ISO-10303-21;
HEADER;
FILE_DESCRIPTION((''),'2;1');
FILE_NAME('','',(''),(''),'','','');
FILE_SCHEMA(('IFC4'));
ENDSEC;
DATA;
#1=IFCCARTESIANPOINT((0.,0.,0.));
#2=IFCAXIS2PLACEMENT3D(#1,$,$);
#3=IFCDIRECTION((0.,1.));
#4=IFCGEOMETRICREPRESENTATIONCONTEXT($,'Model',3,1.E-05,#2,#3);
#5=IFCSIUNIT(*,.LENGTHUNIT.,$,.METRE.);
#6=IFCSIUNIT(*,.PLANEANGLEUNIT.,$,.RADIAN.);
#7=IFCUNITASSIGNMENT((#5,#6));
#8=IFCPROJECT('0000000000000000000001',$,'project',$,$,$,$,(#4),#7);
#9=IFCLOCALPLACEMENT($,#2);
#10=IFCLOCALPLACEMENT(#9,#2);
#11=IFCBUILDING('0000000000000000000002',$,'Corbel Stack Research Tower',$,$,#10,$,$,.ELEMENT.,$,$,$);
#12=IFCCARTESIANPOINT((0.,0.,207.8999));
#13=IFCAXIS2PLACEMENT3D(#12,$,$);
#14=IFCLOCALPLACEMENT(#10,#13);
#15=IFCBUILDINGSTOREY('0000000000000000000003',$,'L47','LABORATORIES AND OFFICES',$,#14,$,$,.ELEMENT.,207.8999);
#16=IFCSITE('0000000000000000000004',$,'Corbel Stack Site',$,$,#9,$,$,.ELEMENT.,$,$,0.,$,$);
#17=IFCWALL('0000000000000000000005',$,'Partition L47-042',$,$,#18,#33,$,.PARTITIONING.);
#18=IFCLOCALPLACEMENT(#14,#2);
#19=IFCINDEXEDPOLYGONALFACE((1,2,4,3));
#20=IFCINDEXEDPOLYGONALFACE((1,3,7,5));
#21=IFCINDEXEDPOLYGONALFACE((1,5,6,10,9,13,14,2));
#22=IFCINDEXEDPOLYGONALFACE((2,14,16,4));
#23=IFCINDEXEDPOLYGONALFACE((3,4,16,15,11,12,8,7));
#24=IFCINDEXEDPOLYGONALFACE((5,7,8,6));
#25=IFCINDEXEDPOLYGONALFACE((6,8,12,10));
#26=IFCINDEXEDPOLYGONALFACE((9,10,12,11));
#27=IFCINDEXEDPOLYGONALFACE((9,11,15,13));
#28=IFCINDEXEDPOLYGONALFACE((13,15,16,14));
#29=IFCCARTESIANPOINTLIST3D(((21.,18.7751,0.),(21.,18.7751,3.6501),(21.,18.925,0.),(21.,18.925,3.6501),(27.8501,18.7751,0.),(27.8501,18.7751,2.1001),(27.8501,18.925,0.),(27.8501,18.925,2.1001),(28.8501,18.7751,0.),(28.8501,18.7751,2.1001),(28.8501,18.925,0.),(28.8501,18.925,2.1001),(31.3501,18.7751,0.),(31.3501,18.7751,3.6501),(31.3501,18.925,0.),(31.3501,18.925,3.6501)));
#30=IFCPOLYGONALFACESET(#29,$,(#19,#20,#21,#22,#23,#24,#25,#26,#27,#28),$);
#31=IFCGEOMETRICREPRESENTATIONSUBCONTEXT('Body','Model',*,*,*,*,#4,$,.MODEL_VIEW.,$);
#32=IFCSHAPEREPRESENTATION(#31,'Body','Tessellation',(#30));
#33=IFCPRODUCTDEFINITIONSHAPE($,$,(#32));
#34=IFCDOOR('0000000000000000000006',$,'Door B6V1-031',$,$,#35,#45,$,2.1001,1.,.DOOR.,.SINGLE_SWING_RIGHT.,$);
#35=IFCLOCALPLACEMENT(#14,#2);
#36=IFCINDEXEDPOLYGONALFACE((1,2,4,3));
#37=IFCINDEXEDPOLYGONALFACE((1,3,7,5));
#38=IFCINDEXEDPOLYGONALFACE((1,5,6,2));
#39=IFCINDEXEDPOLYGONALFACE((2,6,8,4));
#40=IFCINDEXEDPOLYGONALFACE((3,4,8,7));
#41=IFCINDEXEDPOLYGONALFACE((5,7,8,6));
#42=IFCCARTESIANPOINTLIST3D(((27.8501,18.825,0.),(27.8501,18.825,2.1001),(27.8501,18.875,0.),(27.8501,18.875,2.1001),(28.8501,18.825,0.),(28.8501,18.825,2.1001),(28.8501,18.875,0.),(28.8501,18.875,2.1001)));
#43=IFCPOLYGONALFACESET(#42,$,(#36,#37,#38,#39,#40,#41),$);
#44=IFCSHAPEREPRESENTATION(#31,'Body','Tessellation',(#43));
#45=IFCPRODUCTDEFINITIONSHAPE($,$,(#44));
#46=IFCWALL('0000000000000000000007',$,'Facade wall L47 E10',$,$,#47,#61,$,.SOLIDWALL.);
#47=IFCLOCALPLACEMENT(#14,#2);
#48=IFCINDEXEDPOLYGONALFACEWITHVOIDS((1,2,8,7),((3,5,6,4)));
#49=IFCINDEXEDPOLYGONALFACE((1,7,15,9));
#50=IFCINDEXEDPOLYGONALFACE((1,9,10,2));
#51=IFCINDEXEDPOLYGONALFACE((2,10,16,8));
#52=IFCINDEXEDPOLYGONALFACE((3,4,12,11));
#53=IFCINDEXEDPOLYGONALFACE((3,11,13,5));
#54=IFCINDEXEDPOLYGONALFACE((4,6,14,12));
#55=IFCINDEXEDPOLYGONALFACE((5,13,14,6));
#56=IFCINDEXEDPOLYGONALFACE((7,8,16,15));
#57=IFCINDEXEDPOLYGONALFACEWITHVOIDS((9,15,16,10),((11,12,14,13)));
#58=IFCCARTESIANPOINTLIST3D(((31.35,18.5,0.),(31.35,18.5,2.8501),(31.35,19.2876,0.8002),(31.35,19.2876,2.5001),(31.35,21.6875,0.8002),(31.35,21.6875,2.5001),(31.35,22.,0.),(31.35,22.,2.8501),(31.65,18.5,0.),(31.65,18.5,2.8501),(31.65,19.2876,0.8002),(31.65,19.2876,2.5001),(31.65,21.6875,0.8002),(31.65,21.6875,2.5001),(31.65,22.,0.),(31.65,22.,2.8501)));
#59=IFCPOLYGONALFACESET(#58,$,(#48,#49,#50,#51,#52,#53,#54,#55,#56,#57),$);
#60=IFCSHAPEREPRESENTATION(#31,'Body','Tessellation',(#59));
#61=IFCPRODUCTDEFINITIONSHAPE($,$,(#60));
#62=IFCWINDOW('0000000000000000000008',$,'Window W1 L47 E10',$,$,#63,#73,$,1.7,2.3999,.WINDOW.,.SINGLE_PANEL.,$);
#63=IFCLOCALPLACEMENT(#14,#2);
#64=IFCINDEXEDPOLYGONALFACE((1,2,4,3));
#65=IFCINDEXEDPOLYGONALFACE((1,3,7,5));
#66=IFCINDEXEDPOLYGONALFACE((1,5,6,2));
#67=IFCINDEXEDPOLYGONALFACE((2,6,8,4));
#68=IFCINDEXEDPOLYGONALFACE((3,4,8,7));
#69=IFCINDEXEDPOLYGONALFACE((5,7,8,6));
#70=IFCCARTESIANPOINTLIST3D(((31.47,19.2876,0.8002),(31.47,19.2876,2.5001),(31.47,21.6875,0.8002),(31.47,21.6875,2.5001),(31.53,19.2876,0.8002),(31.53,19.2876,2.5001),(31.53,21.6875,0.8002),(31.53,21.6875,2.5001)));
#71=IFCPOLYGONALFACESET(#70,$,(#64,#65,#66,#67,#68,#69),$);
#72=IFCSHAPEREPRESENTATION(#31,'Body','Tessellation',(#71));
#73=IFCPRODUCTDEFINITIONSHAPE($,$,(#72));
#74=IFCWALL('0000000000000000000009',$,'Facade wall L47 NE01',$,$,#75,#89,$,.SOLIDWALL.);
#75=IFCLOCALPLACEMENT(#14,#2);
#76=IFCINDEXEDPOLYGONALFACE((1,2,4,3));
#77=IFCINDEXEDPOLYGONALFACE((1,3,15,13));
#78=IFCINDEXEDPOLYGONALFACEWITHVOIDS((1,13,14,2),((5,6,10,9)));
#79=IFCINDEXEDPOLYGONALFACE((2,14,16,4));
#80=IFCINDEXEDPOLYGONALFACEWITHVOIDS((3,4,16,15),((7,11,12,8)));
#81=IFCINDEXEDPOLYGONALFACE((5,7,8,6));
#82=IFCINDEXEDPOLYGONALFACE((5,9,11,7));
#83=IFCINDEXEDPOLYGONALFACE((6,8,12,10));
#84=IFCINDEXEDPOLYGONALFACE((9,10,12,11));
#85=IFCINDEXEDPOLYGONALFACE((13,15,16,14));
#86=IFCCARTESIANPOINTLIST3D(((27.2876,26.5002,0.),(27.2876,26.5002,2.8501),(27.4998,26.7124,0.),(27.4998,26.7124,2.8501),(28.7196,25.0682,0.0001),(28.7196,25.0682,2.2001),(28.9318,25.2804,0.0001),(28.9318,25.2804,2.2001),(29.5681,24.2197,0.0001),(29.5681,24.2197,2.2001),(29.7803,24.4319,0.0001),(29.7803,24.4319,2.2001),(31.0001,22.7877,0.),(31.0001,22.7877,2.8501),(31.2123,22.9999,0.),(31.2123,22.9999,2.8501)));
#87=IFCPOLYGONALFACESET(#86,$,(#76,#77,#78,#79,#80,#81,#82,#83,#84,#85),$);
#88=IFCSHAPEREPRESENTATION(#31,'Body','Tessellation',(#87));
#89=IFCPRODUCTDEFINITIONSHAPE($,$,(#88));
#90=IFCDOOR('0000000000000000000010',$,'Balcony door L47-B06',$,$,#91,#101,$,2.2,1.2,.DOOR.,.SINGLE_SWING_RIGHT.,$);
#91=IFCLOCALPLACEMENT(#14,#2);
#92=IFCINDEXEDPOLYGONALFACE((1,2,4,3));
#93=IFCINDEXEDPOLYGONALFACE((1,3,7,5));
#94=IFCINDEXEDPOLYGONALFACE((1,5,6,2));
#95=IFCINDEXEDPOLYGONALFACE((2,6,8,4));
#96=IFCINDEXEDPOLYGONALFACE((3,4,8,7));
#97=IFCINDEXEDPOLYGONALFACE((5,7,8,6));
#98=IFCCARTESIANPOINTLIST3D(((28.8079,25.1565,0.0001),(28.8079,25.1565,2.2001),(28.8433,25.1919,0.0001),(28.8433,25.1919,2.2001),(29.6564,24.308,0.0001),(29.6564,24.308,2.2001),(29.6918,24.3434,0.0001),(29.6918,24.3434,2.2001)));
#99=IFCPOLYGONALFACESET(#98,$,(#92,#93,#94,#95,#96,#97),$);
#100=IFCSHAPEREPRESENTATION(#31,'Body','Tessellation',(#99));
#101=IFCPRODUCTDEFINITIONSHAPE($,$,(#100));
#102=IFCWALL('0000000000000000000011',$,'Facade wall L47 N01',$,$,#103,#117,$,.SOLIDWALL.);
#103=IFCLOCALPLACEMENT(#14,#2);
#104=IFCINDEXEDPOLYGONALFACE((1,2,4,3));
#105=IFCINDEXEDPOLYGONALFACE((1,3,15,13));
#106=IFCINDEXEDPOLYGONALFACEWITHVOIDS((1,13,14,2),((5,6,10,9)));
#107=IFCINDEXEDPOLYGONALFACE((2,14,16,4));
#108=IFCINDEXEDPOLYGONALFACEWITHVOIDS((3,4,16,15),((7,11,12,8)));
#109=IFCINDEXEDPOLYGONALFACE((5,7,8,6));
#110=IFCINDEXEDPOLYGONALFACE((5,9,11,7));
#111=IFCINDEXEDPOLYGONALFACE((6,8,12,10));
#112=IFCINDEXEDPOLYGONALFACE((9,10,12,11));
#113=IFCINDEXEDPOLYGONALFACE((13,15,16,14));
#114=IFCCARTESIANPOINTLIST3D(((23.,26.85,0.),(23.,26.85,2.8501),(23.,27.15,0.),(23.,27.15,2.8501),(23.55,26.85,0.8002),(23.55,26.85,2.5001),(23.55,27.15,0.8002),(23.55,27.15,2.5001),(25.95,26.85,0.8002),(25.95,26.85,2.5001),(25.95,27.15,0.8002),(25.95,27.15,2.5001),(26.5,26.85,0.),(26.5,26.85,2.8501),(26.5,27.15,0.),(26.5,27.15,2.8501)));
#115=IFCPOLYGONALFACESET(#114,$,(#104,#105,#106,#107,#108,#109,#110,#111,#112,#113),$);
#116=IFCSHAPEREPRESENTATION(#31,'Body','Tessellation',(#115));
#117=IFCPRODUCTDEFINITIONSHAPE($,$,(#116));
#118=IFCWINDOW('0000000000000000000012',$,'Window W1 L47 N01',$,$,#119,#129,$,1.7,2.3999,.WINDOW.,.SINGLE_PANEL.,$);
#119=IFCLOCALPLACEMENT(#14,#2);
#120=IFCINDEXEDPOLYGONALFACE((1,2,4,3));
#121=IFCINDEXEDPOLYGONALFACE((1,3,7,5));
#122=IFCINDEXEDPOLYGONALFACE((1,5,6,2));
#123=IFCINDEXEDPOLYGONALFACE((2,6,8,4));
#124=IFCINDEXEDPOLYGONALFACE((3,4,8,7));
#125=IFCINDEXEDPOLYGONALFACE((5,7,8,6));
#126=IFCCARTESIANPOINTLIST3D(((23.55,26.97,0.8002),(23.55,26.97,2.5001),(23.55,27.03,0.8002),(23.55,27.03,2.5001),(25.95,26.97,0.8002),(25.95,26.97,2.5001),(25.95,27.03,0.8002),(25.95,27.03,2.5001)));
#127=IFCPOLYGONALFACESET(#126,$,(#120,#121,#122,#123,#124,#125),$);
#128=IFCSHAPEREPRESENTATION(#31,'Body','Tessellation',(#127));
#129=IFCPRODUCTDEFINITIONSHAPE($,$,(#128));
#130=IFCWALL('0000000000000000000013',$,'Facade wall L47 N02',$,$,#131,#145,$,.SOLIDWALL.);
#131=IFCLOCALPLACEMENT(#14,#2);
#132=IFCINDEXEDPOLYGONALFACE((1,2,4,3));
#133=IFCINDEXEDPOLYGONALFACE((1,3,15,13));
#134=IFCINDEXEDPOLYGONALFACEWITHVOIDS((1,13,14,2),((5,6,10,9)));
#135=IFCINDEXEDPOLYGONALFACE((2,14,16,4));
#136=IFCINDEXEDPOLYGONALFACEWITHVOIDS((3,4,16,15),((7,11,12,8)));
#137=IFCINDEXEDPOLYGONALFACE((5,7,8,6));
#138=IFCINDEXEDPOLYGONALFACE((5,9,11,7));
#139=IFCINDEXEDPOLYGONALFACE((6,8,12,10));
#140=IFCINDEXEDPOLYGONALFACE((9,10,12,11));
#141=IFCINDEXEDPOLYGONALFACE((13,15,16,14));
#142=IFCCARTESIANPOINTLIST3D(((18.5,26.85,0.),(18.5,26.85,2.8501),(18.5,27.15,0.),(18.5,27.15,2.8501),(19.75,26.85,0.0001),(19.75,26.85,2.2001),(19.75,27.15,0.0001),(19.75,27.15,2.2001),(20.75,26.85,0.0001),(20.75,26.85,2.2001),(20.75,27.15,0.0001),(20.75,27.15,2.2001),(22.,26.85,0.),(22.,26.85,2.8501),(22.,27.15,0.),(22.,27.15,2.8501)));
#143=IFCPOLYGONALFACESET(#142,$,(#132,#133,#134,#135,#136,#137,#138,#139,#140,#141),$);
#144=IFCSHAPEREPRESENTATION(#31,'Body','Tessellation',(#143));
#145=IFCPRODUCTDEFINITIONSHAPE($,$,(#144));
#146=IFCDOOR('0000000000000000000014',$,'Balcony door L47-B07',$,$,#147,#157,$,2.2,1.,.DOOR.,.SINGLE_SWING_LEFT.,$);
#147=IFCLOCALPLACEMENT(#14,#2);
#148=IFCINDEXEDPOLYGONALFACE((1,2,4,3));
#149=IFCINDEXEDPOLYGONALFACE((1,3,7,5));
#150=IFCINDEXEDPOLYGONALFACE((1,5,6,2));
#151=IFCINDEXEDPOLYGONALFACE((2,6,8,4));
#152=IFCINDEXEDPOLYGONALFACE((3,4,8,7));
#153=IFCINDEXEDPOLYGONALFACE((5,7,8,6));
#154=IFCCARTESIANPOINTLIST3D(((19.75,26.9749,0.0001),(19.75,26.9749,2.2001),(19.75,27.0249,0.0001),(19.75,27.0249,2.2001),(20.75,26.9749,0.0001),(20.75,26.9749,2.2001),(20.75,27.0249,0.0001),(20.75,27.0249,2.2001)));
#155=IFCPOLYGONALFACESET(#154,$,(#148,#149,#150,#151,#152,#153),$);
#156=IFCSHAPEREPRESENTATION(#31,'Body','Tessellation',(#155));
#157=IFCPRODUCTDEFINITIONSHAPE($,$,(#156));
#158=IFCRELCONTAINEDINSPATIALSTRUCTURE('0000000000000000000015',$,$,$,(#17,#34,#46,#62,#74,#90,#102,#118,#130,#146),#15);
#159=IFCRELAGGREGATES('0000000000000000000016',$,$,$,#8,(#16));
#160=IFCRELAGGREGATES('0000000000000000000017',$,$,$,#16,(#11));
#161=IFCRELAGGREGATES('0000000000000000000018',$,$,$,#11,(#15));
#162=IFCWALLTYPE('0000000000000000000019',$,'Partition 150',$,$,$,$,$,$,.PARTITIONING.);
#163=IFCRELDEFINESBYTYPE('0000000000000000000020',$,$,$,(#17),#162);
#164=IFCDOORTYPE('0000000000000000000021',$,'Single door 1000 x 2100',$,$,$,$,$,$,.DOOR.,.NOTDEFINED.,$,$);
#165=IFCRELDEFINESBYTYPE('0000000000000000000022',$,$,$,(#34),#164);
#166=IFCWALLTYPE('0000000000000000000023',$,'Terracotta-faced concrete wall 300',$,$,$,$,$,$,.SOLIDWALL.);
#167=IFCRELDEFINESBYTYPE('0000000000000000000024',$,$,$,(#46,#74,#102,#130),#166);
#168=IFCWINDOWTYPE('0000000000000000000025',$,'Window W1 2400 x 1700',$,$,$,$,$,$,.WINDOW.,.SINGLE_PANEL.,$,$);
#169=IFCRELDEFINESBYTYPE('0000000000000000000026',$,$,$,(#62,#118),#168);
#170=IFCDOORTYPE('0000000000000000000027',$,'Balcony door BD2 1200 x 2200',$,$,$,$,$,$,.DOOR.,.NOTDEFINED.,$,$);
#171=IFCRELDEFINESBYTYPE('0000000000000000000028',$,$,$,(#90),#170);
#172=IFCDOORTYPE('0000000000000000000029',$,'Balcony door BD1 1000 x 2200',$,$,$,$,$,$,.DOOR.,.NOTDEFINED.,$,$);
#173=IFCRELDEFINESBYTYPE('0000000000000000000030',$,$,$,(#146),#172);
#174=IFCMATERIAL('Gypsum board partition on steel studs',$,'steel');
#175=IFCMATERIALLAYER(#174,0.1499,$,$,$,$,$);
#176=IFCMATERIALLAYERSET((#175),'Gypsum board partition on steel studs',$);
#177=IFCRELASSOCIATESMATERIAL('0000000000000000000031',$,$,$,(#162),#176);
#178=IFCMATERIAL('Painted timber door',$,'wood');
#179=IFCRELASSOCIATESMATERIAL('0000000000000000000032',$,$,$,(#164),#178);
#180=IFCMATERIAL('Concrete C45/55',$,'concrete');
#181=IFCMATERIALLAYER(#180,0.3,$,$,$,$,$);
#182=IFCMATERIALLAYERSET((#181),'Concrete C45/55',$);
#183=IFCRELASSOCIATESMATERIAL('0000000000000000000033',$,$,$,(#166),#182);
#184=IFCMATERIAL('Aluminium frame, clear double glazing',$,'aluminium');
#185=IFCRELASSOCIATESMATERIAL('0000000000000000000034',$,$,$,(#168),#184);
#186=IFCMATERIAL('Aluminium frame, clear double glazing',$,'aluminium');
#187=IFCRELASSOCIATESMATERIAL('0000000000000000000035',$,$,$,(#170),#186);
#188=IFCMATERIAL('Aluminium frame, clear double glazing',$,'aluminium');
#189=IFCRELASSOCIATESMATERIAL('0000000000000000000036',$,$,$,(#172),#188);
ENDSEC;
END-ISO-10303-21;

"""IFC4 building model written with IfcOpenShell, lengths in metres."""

from ifc_helpers import new_model, si_unit, direction, frame, frame_2d, origin, place, context, subcontext, project, spatial, rectangle, extrude, material, layer, layer_set, type_object, element, fill, save


model = new_model("IFC4")

# Units and contexts
model_context = context("Model", 3, precision=1e-05, world=origin(), true_north=direction((0.0, 1.0)))
body_context = subcontext(model_context, "Body", "Model", "MODEL_VIEW")
ifc_project = project(units=[si_unit("LENGTHUNIT", "METRE"), si_unit("PLANEANGLEUNIT", "RADIAN")], contexts=[model_context])

# Site, building, storey
site_placement = place(None, origin())
site = spatial("IfcSite", under=ifc_project, at=site_placement, Name="Corbel Stack Site", CompositionType="ELEMENT", RefElevation=0.0)
building_placement = place(site_placement, origin())
building = spatial("IfcBuilding", under=site, at=building_placement, Name="Corbel Stack Research Tower", CompositionType="ELEMENT")
storey_placement = place(building_placement, frame((0.0, 0.0, 207.8999)))
storey = spatial("IfcBuildingStorey", under=building, at=storey_placement, Name="L47", Description="LABORATORIES AND OFFICES", CompositionType="ELEMENT", Elevation=207.8999)

# Wall, opening, door
ifc_material_1 = material(Name="Gypsum board partition on steel studs", Category="steel")
ifc_layer_1 = layer(ifc_material_1, 0.1499)
ifc_layer_set_1 = layer_set([ifc_layer_1], Name="Gypsum board partition on steel studs")
wall_type_1 = type_object("IfcWallType", Name="Partition 150", PredefinedType="PARTITIONING", material=ifc_layer_set_1)
wall_1_placement = place(storey_placement, frame((21.0, 18.8501, 0.0), z_axis=(0.0, 0.0, 1.0), x_axis=(1.0, 0.0, 0.0)))
wall_1 = element("IfcWall", 1, at=wall_1_placement, inside=storey, type_object=wall_type_1, Name="Partition L47-042", PredefinedType="PARTITIONING", context=body_context, shape_type="SweptSolid", body=[
    extrude(rectangle(XDim=10.3501, YDim=0.1499, at=frame_2d((5.175, 0.0))), origin(), (0.0, 0.0, 1.0), 3.6501),
])
opening_1_placement = place(wall_1_placement, frame((6.8501, 0.0, 0.0)))
opening_1 = element("IfcOpeningElement", 2, at=opening_1_placement, cuts=wall_1, PredefinedType="OPENING", context=body_context, shape_type="SweptSolid", body=[
    extrude(rectangle(XDim=1.0, YDim=2.1001, at=frame_2d((0.5, 1.05))), frame((0.0, 0.085, 0.0), z_axis=(0.0, -1.0, 0.0), x_axis=(1.0, 0.0, 0.0)), (0.0, 0.0, 1.0), 0.1699),
])
ifc_material_2 = material(Name="Painted timber door", Category="wood")
door_type_1 = type_object("IfcDoorType", Name="Single door 1000 x 2100", OperationType="NOTDEFINED", PredefinedType="DOOR", material=ifc_material_2)
door_1_placement = place(opening_1_placement, origin())
door_1 = element("IfcDoor", 3, at=door_1_placement, inside=storey, type_object=door_type_1, Name="Door B6V1-031", OperationType="SINGLE_SWING_RIGHT", OverallHeight=2.1001, OverallWidth=1.0, PredefinedType="DOOR", context=body_context, shape_type="SweptSolid", body=[
    extrude(rectangle(XDim=1.0, YDim=2.1001, at=frame_2d((0.5, 1.05))), frame((0.0, 0.0249, 0.0), z_axis=(0.0, -1.0, 0.0), x_axis=(1.0, 0.0, 0.0)), (0.0, 0.0, 1.0), 0.05),
])
fill(opening_1, door_1)

# Wall, opening, window
ifc_material_3 = material(Name="Concrete C45/55", Category="concrete")
ifc_layer_2 = layer(ifc_material_3, 0.3)
ifc_layer_set_2 = layer_set([ifc_layer_2], Name="Concrete C45/55")
wall_type_2 = type_object("IfcWallType", Name="Terracotta-faced concrete wall 300", PredefinedType="SOLIDWALL", material=ifc_layer_set_2)
wall_2_placement = place(storey_placement, frame((31.5, 22.0, 0.0), z_axis=(0.0, 0.0, 1.0), x_axis=(0.0, -1.0, 0.0)))
wall_2 = element("IfcWall", 4, at=wall_2_placement, inside=storey, type_object=wall_type_2, Name="Facade wall L47 E10", PredefinedType="SOLIDWALL", context=body_context, shape_type="SweptSolid", body=[
    extrude(rectangle(XDim=3.5, YDim=0.3, at=frame_2d((1.75, 0.0))), origin(), (0.0, 0.0, 1.0), 2.8501),
])
opening_2_placement = place(wall_2_placement, frame((0.3125, 0.0, 0.8)))
opening_2 = element("IfcOpeningElement", 5, at=opening_2_placement, cuts=wall_2, PredefinedType="OPENING", context=body_context, shape_type="SweptSolid", body=[
    extrude(rectangle(XDim=2.3999, YDim=1.7, at=frame_2d((1.2, 0.8501))), frame((0.0, 0.1599, 0.0), z_axis=(0.0, -1.0, 0.0), x_axis=(1.0, 0.0, 0.0)), (0.0, 0.0, 1.0), 0.3201),
])
ifc_material_4 = material(Name="Aluminium frame, clear double glazing", Category="aluminium")
window_type = type_object("IfcWindowType", Name="Window W1 2400 x 1700", PartitioningType="SINGLE_PANEL", PredefinedType="WINDOW", material=ifc_material_4)
window_1_placement = place(opening_2_placement, origin())
window_1 = element("IfcWindow", 6, at=window_1_placement, inside=storey, type_object=window_type, Name="Window W1 L47 E10", OverallHeight=1.7, OverallWidth=2.3999, PartitioningType="SINGLE_PANEL", PredefinedType="WINDOW", context=body_context, shape_type="SweptSolid", body=[
    extrude(rectangle(XDim=2.3999, YDim=1.7, at=frame_2d((1.2, 0.8501))), frame((0.0, 0.03, 0.0), z_axis=(0.0, -1.0, 0.0), x_axis=(1.0, 0.0, 0.0)), (0.0, 0.0, 1.0), 0.0601),
])
fill(opening_2, window_1)

# Wall, opening, door
wall_3_placement = place(storey_placement, frame((27.3938, 26.6062, 0.0), z_axis=(0.0, 0.0, 1.0), x_axis=(0.707107, -0.707107, 0.0)))
wall_3 = element("IfcWall", 7, at=wall_3_placement, inside=storey, type_object=wall_type_2, Name="Facade wall L47 NE01", PredefinedType="SOLIDWALL", context=body_context, shape_type="SweptSolid", body=[
    extrude(rectangle(XDim=5.2502, YDim=0.3, at=frame_2d((2.625, 0.0))), origin(), (0.0, 0.0, 1.0), 2.8501),
])
opening_3_placement = place(wall_3_placement, frame((2.0249, 0.0, 0.0)))
opening_3 = element("IfcOpeningElement", 8, at=opening_3_placement, cuts=wall_3, PredefinedType="OPENING", context=body_context, shape_type="SweptSolid", body=[
    extrude(rectangle(XDim=1.2, YDim=2.2, at=frame_2d((0.6001, 1.1001))), frame((0.0, 0.1599, 0.0), z_axis=(0.0, -1.0, 0.0), x_axis=(1.0, 0.0, 0.0)), (0.0, 0.0, 1.0), 0.3201),
])
ifc_material_5 = material(Name="Aluminium frame, clear double glazing", Category="aluminium")
door_type_2 = type_object("IfcDoorType", Name="Balcony door BD2 1200 x 2200", OperationType="NOTDEFINED", PredefinedType="DOOR", material=ifc_material_5)
door_2_placement = place(opening_3_placement, origin())
door_2 = element("IfcDoor", 9, at=door_2_placement, inside=storey, type_object=door_type_2, Name="Balcony door L47-B06", OperationType="SINGLE_SWING_RIGHT", OverallHeight=2.2, OverallWidth=1.2, PredefinedType="DOOR", context=body_context, shape_type="SweptSolid", body=[
    extrude(rectangle(XDim=1.2, YDim=2.2, at=frame_2d((0.6001, 1.1001))), frame((0.0, 0.0249, 0.0), z_axis=(0.0, -1.0, 0.0), x_axis=(1.0, 0.0, 0.0)), (0.0, 0.0, 1.0), 0.05),
])
fill(opening_3, door_2)

# Wall, opening, window
wall_4_placement = place(storey_placement, frame((23.0, 27.0, 0.0), z_axis=(0.0, 0.0, 1.0), x_axis=(1.0, 0.0, 0.0)))
wall_4 = element("IfcWall", 10, at=wall_4_placement, inside=storey, type_object=wall_type_2, Name="Facade wall L47 N01", PredefinedType="SOLIDWALL", context=body_context, shape_type="SweptSolid", body=[
    extrude(rectangle(XDim=3.5, YDim=0.3, at=frame_2d((1.75, 0.0))), origin(), (0.0, 0.0, 1.0), 2.8501),
])
opening_4_placement = place(wall_4_placement, frame((0.55, 0.0, 0.8)))
opening_4 = element("IfcOpeningElement", 11, at=opening_4_placement, cuts=wall_4, PredefinedType="OPENING", context=body_context, shape_type="SweptSolid", body=[
    extrude(rectangle(XDim=2.3999, YDim=1.7, at=frame_2d((1.2, 0.8501))), frame((0.0, 0.1599, 0.0), z_axis=(0.0, -1.0, 0.0), x_axis=(1.0, 0.0, 0.0)), (0.0, 0.0, 1.0), 0.3201),
])
window_2_placement = place(opening_4_placement, origin())
window_2 = element("IfcWindow", 12, at=window_2_placement, inside=storey, type_object=window_type, Name="Window W1 L47 N01", OverallHeight=1.7, OverallWidth=2.3999, PartitioningType="SINGLE_PANEL", PredefinedType="WINDOW", context=body_context, shape_type="SweptSolid", body=[
    extrude(rectangle(XDim=2.3999, YDim=1.7, at=frame_2d((1.2, 0.8501))), frame((0.0, 0.03, 0.0), z_axis=(0.0, -1.0, 0.0), x_axis=(1.0, 0.0, 0.0)), (0.0, 0.0, 1.0), 0.0601),
])
fill(opening_4, window_2)

# Wall, opening, door
wall_5_placement = place(storey_placement, frame((18.5, 27.0, 0.0), z_axis=(0.0, 0.0, 1.0), x_axis=(1.0, 0.0, 0.0)))
wall_5 = element("IfcWall", 13, at=wall_5_placement, inside=storey, type_object=wall_type_2, Name="Facade wall L47 N02", PredefinedType="SOLIDWALL", context=body_context, shape_type="SweptSolid", body=[
    extrude(rectangle(XDim=3.5, YDim=0.3, at=frame_2d((1.75, 0.0))), origin(), (0.0, 0.0, 1.0), 2.8501),
])
opening_5_placement = place(wall_5_placement, frame((1.25, 0.0, 0.0)))
opening_5 = element("IfcOpeningElement", 14, at=opening_5_placement, cuts=wall_5, PredefinedType="OPENING", context=body_context, shape_type="SweptSolid", body=[
    extrude(rectangle(XDim=1.0, YDim=2.2, at=frame_2d((0.5, 1.1001))), frame((0.0, 0.1599, 0.0), z_axis=(0.0, -1.0, 0.0), x_axis=(1.0, 0.0, 0.0)), (0.0, 0.0, 1.0), 0.3201),
])
ifc_material_6 = material(Name="Aluminium frame, clear double glazing", Category="aluminium")
door_type_3 = type_object("IfcDoorType", Name="Balcony door BD1 1000 x 2200", OperationType="NOTDEFINED", PredefinedType="DOOR", material=ifc_material_6)
door_3_placement = place(opening_5_placement, origin())
door_3 = element("IfcDoor", 15, at=door_3_placement, inside=storey, type_object=door_type_3, Name="Balcony door L47-B07", OperationType="SINGLE_SWING_LEFT", OverallHeight=2.2, OverallWidth=1.0, PredefinedType="DOOR", context=body_context, shape_type="SweptSolid", body=[
    extrude(rectangle(XDim=1.0, YDim=2.2, at=frame_2d((0.5, 1.1001))), frame((0.0, 0.0249, 0.0), z_axis=(0.0, -1.0, 0.0), x_axis=(1.0, 0.0, 0.0)), (0.0, 0.0, 1.0), 0.05),
])
fill(opening_5, door_3)

save(model, "model.ifc")
